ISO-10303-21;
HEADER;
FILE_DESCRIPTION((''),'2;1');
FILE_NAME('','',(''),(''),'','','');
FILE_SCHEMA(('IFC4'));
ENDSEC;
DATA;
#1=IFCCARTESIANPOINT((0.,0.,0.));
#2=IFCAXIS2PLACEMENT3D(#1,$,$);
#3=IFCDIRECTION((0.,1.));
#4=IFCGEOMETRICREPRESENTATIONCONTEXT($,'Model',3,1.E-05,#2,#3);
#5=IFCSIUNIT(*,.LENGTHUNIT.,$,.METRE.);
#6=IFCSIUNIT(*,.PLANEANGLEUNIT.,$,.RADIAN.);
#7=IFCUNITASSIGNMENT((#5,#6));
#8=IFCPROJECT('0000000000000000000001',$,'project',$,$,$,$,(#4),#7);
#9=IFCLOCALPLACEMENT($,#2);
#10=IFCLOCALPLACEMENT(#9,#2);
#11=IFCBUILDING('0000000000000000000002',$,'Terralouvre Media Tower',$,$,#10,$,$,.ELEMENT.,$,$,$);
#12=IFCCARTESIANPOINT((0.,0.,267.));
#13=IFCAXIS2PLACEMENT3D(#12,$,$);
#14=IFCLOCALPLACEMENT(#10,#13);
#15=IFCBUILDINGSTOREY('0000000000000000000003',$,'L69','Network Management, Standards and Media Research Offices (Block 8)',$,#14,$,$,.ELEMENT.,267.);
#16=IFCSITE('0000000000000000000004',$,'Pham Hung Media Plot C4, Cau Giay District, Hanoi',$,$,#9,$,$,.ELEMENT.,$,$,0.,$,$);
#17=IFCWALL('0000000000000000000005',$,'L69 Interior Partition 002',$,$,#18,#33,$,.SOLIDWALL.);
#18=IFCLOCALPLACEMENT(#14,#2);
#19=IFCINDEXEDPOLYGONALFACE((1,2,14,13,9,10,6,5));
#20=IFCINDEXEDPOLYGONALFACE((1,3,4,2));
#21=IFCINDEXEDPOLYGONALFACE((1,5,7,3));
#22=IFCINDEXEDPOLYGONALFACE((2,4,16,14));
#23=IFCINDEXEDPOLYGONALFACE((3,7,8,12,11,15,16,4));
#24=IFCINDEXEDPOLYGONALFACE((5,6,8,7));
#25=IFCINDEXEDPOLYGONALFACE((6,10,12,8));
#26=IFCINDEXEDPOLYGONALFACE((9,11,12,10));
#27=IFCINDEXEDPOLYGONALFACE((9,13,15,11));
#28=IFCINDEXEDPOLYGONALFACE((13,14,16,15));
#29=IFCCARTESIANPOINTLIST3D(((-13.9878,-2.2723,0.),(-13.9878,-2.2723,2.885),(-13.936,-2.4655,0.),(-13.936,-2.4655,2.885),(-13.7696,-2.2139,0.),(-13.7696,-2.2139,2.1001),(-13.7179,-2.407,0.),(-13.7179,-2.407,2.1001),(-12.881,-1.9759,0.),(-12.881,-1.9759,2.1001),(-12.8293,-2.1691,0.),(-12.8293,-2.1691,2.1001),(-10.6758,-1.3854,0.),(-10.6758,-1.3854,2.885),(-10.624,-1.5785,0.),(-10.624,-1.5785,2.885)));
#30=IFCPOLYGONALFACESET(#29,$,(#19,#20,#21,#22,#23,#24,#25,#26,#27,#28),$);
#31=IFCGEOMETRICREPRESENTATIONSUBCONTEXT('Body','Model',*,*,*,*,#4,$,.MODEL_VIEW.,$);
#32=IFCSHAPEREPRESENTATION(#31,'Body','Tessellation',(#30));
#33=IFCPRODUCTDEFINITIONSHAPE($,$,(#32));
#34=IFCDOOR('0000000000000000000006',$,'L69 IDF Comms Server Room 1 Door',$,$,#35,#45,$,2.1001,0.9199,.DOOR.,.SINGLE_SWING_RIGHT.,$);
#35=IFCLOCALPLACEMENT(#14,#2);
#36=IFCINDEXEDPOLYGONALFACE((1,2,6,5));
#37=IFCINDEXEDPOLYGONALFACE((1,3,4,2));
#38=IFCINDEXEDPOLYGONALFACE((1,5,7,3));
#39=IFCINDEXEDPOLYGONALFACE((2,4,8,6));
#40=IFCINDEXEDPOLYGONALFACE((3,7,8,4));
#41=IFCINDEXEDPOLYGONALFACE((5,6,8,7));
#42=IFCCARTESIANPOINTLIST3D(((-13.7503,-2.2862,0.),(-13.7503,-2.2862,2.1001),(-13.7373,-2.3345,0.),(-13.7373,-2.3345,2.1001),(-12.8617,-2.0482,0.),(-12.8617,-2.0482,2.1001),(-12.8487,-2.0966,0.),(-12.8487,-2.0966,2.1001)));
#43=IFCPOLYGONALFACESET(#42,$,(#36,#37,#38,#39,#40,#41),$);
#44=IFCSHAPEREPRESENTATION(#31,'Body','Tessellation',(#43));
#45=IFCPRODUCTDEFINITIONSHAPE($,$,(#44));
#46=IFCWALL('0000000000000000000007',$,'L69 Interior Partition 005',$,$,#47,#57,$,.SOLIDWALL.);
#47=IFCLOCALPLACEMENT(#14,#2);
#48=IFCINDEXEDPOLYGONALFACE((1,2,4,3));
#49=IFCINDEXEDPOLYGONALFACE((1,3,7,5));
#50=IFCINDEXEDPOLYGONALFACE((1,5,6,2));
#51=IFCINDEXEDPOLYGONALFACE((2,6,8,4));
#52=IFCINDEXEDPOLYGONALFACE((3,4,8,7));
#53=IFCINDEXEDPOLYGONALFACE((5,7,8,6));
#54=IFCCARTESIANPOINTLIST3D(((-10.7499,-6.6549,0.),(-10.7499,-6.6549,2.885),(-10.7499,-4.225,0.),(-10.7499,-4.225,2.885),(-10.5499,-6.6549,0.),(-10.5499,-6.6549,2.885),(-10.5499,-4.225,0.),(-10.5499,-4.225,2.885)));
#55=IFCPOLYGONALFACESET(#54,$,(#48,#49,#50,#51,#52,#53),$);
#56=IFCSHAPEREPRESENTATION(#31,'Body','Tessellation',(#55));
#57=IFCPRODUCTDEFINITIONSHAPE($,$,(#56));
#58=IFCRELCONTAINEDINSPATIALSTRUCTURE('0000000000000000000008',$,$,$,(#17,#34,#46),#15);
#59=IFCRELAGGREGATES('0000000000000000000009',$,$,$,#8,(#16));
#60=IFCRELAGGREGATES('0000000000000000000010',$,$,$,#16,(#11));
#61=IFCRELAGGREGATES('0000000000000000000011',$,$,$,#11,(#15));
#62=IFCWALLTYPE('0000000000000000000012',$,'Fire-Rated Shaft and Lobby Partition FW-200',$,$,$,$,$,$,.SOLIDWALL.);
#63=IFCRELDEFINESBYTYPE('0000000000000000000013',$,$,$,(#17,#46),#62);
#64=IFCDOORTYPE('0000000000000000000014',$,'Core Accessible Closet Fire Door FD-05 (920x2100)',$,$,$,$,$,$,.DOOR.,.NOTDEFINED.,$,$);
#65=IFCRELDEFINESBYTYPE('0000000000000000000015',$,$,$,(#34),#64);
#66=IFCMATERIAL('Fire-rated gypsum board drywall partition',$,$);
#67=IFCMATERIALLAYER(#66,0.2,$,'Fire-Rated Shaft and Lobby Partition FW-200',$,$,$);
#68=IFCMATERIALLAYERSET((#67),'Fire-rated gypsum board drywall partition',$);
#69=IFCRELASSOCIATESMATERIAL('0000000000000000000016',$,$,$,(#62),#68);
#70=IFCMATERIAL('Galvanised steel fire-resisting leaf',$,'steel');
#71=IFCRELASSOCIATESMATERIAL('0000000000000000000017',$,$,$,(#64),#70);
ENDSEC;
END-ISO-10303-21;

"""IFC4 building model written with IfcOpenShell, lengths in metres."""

from ifc_helpers import new_model, si_unit, direction, frame, frame_2d, origin, place, context, subcontext, project, spatial, rectangle, extrude, material, layer, layer_set, type_object, element, fill, save


model = new_model("IFC4")

# Units and contexts
model_context = context("Model", 3, precision=1e-05, world=origin(), true_north=direction((0.0, 1.0)))
body_context = subcontext(model_context, "Body", "Model", "MODEL_VIEW")
ifc_project = project(units=[si_unit("LENGTHUNIT", "METRE"), si_unit("PLANEANGLEUNIT", "RADIAN")], contexts=[model_context])

# Site, building, storey
site_placement = place(None, origin())
site = spatial("IfcSite", under=ifc_project, at=site_placement, Name="Pham Hung Media Plot C4, Cau Giay District, Hanoi", CompositionType="ELEMENT", RefElevation=0.0)
building_placement = place(site_placement, origin())
building = spatial("IfcBuilding", under=site, at=building_placement, Name="Terralouvre Media Tower", CompositionType="ELEMENT")
storey_placement = place(building_placement, frame((0.0, 0.0, 267.0)))
storey = spatial("IfcBuildingStorey", under=building, at=storey_placement, Name="L69", Description="Network Management, Standards and Media Research Offices (Block 8)", CompositionType="ELEMENT", Elevation=267.0)

# Shared definitions
ifc_material_1 = material(Name="Fire-rated gypsum board drywall partition")
ifc_layer_1 = layer(ifc_material_1, 0.2, Name="Fire-Rated Shaft and Lobby Partition FW-200")
ifc_layer_set_1 = layer_set([ifc_layer_1], Name="Fire-rated gypsum board drywall partition")
wall_type_1 = type_object("IfcWallType", Name="Fire-Rated Shaft and Lobby Partition FW-200", PredefinedType="SOLIDWALL", material=ifc_layer_set_1)

# Wall, opening, door
wall_1_placement = place(storey_placement, frame((-10.6499, -1.4819, 0.0), z_axis=(0.0, 0.0, 1.0), x_axis=(-0.965961, -0.258686, 0.0)))
wall_1 = element("IfcWall", 1, at=wall_1_placement, inside=storey, type_object=wall_type_1, Name="L69 Interior Partition 002", PredefinedType="SOLIDWALL", context=body_context, shape_type="SweptSolid", body=[
    extrude(rectangle(XDim=3.4287, YDim=0.2, at=frame_2d((1.7144, 0.0))), origin(), (0.0, 0.0, 1.0), 2.885),
])
opening_1_placement = place(wall_1_placement, frame((2.283, 0.0, 0.0)))
opening_1 = element("IfcOpeningElement", 2, at=opening_1_placement, cuts=wall_1, PredefinedType="OPENING", context=body_context, shape_type="SweptSolid", body=[
    extrude(rectangle(XDim=0.9199, YDim=2.1001, at=frame_2d((0.46, 1.05))), frame((0.0, 0.1099, 0.0), z_axis=(0.0, -1.0, 0.0), x_axis=(1.0, 0.0, 0.0)), (0.0, 0.0, 1.0), 0.22),
])
ifc_material_2 = material(Name="Galvanised steel fire-resisting leaf", Category="steel")
door_type_1 = type_object("IfcDoorType", Name="Core Accessible Closet Fire Door FD-05 (920x2100)", OperationType="NOTDEFINED", PredefinedType="DOOR", material=ifc_material_2)
door_1_placement = place(opening_1_placement, origin())
door_1 = element("IfcDoor", 3, at=door_1_placement, inside=storey, type_object=door_type_1, Name="L69 IDF Comms Server Room 1 Door", OperationType="SINGLE_SWING_RIGHT", OverallHeight=2.1001, OverallWidth=0.9199, PredefinedType="DOOR", context=body_context, shape_type="SweptSolid", body=[
    extrude(rectangle(XDim=0.9199, YDim=2.1001, at=frame_2d((0.46, 1.05))), frame((0.0, 0.0249, 0.0), z_axis=(0.0, -1.0, 0.0), x_axis=(1.0, 0.0, 0.0)), (0.0, 0.0, 1.0), 0.05),
])
fill(opening_1, door_1)

# Wall
wall_2_placement = place(storey_placement, frame((-10.6499, -4.2251, 0.0), z_axis=(0.0, 0.0, 1.0), x_axis=(0.0, -1.0, 0.0)))
element("IfcWall", 4, at=wall_2_placement, inside=storey, type_object=wall_type_1, Name="L69 Interior Partition 005", PredefinedType="SOLIDWALL", context=body_context, shape_type="SweptSolid", body=[
    extrude(rectangle(XDim=2.4299, YDim=0.2, at=frame_2d((1.2148, 0.0))), origin(), (0.0, 0.0, 1.0), 2.885),
])

save(model, "model.ifc")
